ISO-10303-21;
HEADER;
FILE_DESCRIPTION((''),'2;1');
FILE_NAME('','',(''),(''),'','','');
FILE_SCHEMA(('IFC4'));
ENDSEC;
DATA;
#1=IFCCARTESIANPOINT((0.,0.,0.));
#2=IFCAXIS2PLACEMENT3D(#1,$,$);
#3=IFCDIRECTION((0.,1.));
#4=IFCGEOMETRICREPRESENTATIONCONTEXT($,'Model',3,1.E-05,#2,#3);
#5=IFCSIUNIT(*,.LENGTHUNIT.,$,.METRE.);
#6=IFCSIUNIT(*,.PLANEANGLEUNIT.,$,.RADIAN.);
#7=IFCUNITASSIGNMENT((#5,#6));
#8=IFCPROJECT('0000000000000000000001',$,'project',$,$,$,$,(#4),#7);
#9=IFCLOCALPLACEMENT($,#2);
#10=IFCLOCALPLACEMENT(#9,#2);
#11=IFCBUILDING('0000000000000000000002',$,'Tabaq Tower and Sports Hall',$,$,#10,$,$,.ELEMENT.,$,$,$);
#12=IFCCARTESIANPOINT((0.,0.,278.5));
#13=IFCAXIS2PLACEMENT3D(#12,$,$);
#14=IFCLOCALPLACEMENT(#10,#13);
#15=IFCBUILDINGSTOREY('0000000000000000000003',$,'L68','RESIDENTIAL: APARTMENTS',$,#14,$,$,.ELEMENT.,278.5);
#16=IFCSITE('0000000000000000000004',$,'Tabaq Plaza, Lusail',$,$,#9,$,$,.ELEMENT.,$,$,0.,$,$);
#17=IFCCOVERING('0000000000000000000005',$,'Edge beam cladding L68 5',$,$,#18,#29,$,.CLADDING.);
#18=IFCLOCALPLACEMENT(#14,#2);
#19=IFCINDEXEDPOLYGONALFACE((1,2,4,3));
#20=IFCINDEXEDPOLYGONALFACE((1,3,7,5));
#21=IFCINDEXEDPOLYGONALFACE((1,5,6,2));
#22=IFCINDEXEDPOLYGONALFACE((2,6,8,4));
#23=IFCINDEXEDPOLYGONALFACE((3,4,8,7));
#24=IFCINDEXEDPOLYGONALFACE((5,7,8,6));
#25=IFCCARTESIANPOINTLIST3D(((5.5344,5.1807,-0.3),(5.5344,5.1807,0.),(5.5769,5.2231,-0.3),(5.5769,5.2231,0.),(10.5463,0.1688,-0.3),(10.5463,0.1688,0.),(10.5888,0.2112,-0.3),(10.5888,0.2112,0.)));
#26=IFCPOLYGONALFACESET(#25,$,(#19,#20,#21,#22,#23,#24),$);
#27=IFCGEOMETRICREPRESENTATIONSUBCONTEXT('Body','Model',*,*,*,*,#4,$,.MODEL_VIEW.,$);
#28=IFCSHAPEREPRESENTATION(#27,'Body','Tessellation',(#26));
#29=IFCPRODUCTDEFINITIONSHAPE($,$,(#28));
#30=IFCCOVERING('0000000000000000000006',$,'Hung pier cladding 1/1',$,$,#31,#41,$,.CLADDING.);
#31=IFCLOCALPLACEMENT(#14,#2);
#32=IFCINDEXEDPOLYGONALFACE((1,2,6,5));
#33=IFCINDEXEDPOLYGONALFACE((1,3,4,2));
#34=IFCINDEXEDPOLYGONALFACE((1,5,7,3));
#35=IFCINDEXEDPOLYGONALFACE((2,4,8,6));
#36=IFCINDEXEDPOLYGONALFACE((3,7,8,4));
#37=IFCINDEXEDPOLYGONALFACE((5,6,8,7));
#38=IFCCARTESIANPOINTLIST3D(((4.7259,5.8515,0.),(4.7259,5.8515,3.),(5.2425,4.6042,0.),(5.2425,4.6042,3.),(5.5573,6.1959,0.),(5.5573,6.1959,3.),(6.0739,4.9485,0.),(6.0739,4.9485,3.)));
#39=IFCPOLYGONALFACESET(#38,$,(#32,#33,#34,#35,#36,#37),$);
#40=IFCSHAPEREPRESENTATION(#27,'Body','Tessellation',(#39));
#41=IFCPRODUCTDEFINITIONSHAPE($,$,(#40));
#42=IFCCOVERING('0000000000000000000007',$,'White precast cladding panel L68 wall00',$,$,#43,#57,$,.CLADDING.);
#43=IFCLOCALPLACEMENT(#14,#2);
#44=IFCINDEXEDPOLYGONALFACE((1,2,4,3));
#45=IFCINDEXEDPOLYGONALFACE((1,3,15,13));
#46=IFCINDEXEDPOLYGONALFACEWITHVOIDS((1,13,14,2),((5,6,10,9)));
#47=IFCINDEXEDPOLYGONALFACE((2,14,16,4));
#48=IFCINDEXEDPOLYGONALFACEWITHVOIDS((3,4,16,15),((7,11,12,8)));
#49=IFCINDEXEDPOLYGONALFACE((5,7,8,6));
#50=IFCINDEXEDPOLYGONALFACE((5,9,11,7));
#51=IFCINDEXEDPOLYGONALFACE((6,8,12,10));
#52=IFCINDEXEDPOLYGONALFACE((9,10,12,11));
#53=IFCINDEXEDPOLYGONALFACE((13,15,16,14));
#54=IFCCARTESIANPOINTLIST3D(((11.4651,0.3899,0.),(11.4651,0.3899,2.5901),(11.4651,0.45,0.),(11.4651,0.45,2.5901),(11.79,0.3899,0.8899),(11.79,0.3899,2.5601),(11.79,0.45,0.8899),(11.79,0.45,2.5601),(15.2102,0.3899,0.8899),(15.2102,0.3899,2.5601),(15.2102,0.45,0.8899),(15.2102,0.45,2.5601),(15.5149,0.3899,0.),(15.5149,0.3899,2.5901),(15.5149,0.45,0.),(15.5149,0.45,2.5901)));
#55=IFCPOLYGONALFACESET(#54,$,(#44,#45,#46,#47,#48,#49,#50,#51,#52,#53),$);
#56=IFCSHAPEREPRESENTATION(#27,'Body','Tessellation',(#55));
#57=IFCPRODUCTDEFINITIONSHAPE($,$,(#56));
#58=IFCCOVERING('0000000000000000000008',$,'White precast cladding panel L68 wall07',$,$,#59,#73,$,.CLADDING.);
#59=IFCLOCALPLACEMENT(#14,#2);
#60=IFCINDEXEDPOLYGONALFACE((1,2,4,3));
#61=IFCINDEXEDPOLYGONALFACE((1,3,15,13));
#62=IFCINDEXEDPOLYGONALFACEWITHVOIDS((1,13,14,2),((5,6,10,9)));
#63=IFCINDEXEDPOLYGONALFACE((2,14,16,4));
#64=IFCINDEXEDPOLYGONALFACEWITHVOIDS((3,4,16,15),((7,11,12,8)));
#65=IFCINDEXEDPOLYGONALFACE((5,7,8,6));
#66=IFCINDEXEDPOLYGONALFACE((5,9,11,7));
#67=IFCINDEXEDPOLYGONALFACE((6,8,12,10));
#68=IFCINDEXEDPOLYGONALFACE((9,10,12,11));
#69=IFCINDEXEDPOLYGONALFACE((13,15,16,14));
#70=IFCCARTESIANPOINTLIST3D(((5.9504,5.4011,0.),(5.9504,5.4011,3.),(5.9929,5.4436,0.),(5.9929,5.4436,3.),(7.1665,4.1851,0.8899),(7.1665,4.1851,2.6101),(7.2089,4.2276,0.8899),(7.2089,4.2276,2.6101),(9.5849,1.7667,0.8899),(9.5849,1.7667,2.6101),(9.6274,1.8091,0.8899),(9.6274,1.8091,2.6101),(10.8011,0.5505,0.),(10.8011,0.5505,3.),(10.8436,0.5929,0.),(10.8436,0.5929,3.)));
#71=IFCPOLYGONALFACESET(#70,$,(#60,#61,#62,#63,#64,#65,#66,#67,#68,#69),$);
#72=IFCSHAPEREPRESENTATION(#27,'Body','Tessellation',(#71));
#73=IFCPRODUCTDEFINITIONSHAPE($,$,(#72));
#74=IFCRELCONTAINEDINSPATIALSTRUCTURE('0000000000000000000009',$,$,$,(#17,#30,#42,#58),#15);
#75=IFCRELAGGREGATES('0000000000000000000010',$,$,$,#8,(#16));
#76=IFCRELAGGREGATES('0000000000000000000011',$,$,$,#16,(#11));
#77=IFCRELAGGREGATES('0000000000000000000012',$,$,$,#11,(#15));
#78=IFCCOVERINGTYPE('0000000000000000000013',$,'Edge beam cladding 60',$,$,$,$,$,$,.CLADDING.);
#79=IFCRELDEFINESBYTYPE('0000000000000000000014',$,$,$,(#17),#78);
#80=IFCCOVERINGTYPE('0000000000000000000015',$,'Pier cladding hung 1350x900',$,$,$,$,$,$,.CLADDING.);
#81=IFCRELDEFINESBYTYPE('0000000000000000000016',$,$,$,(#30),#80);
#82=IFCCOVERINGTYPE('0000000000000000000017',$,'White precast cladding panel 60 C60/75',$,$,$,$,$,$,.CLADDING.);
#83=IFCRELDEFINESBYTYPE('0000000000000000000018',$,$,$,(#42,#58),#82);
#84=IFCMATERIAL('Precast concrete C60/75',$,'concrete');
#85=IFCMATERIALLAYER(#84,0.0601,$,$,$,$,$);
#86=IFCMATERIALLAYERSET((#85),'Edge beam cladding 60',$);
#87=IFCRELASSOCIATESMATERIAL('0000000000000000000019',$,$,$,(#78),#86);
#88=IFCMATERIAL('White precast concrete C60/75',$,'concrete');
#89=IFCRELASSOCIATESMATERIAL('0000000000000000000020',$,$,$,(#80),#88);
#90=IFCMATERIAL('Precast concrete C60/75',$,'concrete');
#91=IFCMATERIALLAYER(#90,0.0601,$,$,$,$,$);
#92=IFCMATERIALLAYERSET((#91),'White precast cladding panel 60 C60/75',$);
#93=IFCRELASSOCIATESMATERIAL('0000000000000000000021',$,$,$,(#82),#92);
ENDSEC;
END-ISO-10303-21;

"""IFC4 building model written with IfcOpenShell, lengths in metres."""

from ifc_helpers import new_model, si_unit, direction, frame, frame_2d, origin, place, context, subcontext, project, spatial, polyline, rectangle, outline, extrude, material, layer, layer_set, type_object, element, save


model = new_model("IFC4")

# Units and contexts
model_context = context("Model", 3, precision=1e-05, world=origin(), true_north=direction((0.0, 1.0)))
body_context = subcontext(model_context, "Body", "Model", "MODEL_VIEW")
ifc_project = project(units=[si_unit("LENGTHUNIT", "METRE"), si_unit("PLANEANGLEUNIT", "RADIAN")], contexts=[model_context])

# Site, building, storey
site_placement = place(None, origin())
site = spatial("IfcSite", under=ifc_project, at=site_placement, Name="Tabaq Plaza, Lusail", CompositionType="ELEMENT", RefElevation=0.0)
building_placement = place(site_placement, origin())
building = spatial("IfcBuilding", under=site, at=building_placement, Name="Tabaq Tower and Sports Hall", CompositionType="ELEMENT")
storey_placement = place(building_placement, frame((0.0, 0.0, 278.5)))
storey = spatial("IfcBuildingStorey", under=building, at=storey_placement, Name="L68", Description="RESIDENTIAL: APARTMENTS", CompositionType="ELEMENT", Elevation=278.5)

# Coverings
ifc_material_1 = material(Name="Precast concrete C60/75", Category="concrete")
ifc_layer_1 = layer(ifc_material_1, 0.0601)
ifc_layer_set_1 = layer_set([ifc_layer_1], Name="Edge beam cladding 60")
covering_type_1 = type_object("IfcCoveringType", Name="Edge beam cladding 60", PredefinedType="CLADDING", material=ifc_layer_set_1)
covering_1_placement = place(storey_placement, frame((5.5557, 5.2019, -0.3), z_axis=(0.0, 0.0, 1.0), x_axis=(0.707107, -0.707107, 0.0)))
element("IfcCovering", 1, at=covering_1_placement, inside=storey, type_object=covering_type_1, Name="Edge beam cladding L68 5", PredefinedType="CLADDING", context=body_context, shape_type="SweptSolid", body=[
    extrude(rectangle(XDim=7.0879, YDim=0.0601, at=frame_2d((3.5439, 0.0))), origin(), (0.0, 0.0, 1.0), 0.3),
])
ifc_material_2 = material(Name="White precast concrete C60/75", Category="concrete")
covering_type_2 = type_object("IfcCoveringType", Name="Pier cladding hung 1350x900", PredefinedType="CLADDING", material=ifc_material_2)
covering_2_placement = place(storey_placement, frame((5.1416, 6.0237, 0.0), z_axis=(0.0, 0.0, 1.0), x_axis=(0.38265, -0.923893, 0.0)))
element("IfcCovering", 2, at=covering_2_placement, inside=storey, type_object=covering_type_2, Name="Hung pier cladding 1/1", PredefinedType="CLADDING", context=body_context, shape_type="SweptSolid", body=[
    extrude(rectangle(XDim=1.3501, YDim=0.8999, at=frame_2d((0.675, 0.0))), origin(), (0.0, 0.0, 1.0), 3.0),
])
ifc_material_3 = material(Name="Precast concrete C60/75", Category="concrete")
ifc_layer_2 = layer(ifc_material_3, 0.0601)
ifc_layer_set_2 = layer_set([ifc_layer_2], Name="White precast cladding panel 60 C60/75")
covering_type_3 = type_object("IfcCoveringType", Name="White precast cladding panel 60 C60/75", PredefinedType="CLADDING", material=ifc_layer_set_2)
covering_3_placement = place(storey_placement, frame((11.4651, 0.4199, 0.0), z_axis=(0.0, 0.0, 1.0), x_axis=(1.0, 0.0, 0.0)))
element("IfcCovering", 3, at=covering_3_placement, inside=storey, type_object=covering_type_3, Name="White precast cladding panel L68 wall00", PredefinedType="CLADDING", context=body_context, shape_type="SweptSolid", body=[
    extrude(outline(polyline([(0.0, 0.0), (4.0498, 0.0), (4.0498, 2.5901), (0.0, 2.5901), (0.0, 0.0)]), holes=[polyline([(3.7451, 0.8899), (0.325, 0.8899), (0.325, 2.5601), (3.7451, 2.5601), (3.7451, 0.8899)])]), frame((0.0, 0.03, 0.0), z_axis=(0.0, -1.0, 0.0), x_axis=(1.0, 0.0, 0.0)), (0.0, 0.0, 1.0), 0.0601),
])
covering_4_placement = place(storey_placement, frame((5.9717, 5.4224, 0.0), z_axis=(0.0, 0.0, 1.0), x_axis=(0.707107, -0.707107, 0.0)))
element("IfcCovering", 4, at=covering_4_placement, inside=storey, type_object=covering_type_3, Name="White precast cladding panel L68 wall07", PredefinedType="CLADDING", context=body_context, shape_type="SweptSolid", body=[
    extrude(outline(polyline([(0.0, 0.0), (6.8599, 0.0), (6.8599, 3.0), (0.0, 3.0), (0.0, 0.0)]), holes=[polyline([(1.7197, 0.8899), (1.7197, 2.6101), (5.1399, 2.6101), (5.1399, 0.8899), (1.7197, 0.8899)])]), frame((0.0, 0.03, 0.0), z_axis=(0.0, -1.0, 0.0), x_axis=(1.0, 0.0, 0.0)), (0.0, 0.0, 1.0), 0.0601),
])

save(model, "model.ifc")
